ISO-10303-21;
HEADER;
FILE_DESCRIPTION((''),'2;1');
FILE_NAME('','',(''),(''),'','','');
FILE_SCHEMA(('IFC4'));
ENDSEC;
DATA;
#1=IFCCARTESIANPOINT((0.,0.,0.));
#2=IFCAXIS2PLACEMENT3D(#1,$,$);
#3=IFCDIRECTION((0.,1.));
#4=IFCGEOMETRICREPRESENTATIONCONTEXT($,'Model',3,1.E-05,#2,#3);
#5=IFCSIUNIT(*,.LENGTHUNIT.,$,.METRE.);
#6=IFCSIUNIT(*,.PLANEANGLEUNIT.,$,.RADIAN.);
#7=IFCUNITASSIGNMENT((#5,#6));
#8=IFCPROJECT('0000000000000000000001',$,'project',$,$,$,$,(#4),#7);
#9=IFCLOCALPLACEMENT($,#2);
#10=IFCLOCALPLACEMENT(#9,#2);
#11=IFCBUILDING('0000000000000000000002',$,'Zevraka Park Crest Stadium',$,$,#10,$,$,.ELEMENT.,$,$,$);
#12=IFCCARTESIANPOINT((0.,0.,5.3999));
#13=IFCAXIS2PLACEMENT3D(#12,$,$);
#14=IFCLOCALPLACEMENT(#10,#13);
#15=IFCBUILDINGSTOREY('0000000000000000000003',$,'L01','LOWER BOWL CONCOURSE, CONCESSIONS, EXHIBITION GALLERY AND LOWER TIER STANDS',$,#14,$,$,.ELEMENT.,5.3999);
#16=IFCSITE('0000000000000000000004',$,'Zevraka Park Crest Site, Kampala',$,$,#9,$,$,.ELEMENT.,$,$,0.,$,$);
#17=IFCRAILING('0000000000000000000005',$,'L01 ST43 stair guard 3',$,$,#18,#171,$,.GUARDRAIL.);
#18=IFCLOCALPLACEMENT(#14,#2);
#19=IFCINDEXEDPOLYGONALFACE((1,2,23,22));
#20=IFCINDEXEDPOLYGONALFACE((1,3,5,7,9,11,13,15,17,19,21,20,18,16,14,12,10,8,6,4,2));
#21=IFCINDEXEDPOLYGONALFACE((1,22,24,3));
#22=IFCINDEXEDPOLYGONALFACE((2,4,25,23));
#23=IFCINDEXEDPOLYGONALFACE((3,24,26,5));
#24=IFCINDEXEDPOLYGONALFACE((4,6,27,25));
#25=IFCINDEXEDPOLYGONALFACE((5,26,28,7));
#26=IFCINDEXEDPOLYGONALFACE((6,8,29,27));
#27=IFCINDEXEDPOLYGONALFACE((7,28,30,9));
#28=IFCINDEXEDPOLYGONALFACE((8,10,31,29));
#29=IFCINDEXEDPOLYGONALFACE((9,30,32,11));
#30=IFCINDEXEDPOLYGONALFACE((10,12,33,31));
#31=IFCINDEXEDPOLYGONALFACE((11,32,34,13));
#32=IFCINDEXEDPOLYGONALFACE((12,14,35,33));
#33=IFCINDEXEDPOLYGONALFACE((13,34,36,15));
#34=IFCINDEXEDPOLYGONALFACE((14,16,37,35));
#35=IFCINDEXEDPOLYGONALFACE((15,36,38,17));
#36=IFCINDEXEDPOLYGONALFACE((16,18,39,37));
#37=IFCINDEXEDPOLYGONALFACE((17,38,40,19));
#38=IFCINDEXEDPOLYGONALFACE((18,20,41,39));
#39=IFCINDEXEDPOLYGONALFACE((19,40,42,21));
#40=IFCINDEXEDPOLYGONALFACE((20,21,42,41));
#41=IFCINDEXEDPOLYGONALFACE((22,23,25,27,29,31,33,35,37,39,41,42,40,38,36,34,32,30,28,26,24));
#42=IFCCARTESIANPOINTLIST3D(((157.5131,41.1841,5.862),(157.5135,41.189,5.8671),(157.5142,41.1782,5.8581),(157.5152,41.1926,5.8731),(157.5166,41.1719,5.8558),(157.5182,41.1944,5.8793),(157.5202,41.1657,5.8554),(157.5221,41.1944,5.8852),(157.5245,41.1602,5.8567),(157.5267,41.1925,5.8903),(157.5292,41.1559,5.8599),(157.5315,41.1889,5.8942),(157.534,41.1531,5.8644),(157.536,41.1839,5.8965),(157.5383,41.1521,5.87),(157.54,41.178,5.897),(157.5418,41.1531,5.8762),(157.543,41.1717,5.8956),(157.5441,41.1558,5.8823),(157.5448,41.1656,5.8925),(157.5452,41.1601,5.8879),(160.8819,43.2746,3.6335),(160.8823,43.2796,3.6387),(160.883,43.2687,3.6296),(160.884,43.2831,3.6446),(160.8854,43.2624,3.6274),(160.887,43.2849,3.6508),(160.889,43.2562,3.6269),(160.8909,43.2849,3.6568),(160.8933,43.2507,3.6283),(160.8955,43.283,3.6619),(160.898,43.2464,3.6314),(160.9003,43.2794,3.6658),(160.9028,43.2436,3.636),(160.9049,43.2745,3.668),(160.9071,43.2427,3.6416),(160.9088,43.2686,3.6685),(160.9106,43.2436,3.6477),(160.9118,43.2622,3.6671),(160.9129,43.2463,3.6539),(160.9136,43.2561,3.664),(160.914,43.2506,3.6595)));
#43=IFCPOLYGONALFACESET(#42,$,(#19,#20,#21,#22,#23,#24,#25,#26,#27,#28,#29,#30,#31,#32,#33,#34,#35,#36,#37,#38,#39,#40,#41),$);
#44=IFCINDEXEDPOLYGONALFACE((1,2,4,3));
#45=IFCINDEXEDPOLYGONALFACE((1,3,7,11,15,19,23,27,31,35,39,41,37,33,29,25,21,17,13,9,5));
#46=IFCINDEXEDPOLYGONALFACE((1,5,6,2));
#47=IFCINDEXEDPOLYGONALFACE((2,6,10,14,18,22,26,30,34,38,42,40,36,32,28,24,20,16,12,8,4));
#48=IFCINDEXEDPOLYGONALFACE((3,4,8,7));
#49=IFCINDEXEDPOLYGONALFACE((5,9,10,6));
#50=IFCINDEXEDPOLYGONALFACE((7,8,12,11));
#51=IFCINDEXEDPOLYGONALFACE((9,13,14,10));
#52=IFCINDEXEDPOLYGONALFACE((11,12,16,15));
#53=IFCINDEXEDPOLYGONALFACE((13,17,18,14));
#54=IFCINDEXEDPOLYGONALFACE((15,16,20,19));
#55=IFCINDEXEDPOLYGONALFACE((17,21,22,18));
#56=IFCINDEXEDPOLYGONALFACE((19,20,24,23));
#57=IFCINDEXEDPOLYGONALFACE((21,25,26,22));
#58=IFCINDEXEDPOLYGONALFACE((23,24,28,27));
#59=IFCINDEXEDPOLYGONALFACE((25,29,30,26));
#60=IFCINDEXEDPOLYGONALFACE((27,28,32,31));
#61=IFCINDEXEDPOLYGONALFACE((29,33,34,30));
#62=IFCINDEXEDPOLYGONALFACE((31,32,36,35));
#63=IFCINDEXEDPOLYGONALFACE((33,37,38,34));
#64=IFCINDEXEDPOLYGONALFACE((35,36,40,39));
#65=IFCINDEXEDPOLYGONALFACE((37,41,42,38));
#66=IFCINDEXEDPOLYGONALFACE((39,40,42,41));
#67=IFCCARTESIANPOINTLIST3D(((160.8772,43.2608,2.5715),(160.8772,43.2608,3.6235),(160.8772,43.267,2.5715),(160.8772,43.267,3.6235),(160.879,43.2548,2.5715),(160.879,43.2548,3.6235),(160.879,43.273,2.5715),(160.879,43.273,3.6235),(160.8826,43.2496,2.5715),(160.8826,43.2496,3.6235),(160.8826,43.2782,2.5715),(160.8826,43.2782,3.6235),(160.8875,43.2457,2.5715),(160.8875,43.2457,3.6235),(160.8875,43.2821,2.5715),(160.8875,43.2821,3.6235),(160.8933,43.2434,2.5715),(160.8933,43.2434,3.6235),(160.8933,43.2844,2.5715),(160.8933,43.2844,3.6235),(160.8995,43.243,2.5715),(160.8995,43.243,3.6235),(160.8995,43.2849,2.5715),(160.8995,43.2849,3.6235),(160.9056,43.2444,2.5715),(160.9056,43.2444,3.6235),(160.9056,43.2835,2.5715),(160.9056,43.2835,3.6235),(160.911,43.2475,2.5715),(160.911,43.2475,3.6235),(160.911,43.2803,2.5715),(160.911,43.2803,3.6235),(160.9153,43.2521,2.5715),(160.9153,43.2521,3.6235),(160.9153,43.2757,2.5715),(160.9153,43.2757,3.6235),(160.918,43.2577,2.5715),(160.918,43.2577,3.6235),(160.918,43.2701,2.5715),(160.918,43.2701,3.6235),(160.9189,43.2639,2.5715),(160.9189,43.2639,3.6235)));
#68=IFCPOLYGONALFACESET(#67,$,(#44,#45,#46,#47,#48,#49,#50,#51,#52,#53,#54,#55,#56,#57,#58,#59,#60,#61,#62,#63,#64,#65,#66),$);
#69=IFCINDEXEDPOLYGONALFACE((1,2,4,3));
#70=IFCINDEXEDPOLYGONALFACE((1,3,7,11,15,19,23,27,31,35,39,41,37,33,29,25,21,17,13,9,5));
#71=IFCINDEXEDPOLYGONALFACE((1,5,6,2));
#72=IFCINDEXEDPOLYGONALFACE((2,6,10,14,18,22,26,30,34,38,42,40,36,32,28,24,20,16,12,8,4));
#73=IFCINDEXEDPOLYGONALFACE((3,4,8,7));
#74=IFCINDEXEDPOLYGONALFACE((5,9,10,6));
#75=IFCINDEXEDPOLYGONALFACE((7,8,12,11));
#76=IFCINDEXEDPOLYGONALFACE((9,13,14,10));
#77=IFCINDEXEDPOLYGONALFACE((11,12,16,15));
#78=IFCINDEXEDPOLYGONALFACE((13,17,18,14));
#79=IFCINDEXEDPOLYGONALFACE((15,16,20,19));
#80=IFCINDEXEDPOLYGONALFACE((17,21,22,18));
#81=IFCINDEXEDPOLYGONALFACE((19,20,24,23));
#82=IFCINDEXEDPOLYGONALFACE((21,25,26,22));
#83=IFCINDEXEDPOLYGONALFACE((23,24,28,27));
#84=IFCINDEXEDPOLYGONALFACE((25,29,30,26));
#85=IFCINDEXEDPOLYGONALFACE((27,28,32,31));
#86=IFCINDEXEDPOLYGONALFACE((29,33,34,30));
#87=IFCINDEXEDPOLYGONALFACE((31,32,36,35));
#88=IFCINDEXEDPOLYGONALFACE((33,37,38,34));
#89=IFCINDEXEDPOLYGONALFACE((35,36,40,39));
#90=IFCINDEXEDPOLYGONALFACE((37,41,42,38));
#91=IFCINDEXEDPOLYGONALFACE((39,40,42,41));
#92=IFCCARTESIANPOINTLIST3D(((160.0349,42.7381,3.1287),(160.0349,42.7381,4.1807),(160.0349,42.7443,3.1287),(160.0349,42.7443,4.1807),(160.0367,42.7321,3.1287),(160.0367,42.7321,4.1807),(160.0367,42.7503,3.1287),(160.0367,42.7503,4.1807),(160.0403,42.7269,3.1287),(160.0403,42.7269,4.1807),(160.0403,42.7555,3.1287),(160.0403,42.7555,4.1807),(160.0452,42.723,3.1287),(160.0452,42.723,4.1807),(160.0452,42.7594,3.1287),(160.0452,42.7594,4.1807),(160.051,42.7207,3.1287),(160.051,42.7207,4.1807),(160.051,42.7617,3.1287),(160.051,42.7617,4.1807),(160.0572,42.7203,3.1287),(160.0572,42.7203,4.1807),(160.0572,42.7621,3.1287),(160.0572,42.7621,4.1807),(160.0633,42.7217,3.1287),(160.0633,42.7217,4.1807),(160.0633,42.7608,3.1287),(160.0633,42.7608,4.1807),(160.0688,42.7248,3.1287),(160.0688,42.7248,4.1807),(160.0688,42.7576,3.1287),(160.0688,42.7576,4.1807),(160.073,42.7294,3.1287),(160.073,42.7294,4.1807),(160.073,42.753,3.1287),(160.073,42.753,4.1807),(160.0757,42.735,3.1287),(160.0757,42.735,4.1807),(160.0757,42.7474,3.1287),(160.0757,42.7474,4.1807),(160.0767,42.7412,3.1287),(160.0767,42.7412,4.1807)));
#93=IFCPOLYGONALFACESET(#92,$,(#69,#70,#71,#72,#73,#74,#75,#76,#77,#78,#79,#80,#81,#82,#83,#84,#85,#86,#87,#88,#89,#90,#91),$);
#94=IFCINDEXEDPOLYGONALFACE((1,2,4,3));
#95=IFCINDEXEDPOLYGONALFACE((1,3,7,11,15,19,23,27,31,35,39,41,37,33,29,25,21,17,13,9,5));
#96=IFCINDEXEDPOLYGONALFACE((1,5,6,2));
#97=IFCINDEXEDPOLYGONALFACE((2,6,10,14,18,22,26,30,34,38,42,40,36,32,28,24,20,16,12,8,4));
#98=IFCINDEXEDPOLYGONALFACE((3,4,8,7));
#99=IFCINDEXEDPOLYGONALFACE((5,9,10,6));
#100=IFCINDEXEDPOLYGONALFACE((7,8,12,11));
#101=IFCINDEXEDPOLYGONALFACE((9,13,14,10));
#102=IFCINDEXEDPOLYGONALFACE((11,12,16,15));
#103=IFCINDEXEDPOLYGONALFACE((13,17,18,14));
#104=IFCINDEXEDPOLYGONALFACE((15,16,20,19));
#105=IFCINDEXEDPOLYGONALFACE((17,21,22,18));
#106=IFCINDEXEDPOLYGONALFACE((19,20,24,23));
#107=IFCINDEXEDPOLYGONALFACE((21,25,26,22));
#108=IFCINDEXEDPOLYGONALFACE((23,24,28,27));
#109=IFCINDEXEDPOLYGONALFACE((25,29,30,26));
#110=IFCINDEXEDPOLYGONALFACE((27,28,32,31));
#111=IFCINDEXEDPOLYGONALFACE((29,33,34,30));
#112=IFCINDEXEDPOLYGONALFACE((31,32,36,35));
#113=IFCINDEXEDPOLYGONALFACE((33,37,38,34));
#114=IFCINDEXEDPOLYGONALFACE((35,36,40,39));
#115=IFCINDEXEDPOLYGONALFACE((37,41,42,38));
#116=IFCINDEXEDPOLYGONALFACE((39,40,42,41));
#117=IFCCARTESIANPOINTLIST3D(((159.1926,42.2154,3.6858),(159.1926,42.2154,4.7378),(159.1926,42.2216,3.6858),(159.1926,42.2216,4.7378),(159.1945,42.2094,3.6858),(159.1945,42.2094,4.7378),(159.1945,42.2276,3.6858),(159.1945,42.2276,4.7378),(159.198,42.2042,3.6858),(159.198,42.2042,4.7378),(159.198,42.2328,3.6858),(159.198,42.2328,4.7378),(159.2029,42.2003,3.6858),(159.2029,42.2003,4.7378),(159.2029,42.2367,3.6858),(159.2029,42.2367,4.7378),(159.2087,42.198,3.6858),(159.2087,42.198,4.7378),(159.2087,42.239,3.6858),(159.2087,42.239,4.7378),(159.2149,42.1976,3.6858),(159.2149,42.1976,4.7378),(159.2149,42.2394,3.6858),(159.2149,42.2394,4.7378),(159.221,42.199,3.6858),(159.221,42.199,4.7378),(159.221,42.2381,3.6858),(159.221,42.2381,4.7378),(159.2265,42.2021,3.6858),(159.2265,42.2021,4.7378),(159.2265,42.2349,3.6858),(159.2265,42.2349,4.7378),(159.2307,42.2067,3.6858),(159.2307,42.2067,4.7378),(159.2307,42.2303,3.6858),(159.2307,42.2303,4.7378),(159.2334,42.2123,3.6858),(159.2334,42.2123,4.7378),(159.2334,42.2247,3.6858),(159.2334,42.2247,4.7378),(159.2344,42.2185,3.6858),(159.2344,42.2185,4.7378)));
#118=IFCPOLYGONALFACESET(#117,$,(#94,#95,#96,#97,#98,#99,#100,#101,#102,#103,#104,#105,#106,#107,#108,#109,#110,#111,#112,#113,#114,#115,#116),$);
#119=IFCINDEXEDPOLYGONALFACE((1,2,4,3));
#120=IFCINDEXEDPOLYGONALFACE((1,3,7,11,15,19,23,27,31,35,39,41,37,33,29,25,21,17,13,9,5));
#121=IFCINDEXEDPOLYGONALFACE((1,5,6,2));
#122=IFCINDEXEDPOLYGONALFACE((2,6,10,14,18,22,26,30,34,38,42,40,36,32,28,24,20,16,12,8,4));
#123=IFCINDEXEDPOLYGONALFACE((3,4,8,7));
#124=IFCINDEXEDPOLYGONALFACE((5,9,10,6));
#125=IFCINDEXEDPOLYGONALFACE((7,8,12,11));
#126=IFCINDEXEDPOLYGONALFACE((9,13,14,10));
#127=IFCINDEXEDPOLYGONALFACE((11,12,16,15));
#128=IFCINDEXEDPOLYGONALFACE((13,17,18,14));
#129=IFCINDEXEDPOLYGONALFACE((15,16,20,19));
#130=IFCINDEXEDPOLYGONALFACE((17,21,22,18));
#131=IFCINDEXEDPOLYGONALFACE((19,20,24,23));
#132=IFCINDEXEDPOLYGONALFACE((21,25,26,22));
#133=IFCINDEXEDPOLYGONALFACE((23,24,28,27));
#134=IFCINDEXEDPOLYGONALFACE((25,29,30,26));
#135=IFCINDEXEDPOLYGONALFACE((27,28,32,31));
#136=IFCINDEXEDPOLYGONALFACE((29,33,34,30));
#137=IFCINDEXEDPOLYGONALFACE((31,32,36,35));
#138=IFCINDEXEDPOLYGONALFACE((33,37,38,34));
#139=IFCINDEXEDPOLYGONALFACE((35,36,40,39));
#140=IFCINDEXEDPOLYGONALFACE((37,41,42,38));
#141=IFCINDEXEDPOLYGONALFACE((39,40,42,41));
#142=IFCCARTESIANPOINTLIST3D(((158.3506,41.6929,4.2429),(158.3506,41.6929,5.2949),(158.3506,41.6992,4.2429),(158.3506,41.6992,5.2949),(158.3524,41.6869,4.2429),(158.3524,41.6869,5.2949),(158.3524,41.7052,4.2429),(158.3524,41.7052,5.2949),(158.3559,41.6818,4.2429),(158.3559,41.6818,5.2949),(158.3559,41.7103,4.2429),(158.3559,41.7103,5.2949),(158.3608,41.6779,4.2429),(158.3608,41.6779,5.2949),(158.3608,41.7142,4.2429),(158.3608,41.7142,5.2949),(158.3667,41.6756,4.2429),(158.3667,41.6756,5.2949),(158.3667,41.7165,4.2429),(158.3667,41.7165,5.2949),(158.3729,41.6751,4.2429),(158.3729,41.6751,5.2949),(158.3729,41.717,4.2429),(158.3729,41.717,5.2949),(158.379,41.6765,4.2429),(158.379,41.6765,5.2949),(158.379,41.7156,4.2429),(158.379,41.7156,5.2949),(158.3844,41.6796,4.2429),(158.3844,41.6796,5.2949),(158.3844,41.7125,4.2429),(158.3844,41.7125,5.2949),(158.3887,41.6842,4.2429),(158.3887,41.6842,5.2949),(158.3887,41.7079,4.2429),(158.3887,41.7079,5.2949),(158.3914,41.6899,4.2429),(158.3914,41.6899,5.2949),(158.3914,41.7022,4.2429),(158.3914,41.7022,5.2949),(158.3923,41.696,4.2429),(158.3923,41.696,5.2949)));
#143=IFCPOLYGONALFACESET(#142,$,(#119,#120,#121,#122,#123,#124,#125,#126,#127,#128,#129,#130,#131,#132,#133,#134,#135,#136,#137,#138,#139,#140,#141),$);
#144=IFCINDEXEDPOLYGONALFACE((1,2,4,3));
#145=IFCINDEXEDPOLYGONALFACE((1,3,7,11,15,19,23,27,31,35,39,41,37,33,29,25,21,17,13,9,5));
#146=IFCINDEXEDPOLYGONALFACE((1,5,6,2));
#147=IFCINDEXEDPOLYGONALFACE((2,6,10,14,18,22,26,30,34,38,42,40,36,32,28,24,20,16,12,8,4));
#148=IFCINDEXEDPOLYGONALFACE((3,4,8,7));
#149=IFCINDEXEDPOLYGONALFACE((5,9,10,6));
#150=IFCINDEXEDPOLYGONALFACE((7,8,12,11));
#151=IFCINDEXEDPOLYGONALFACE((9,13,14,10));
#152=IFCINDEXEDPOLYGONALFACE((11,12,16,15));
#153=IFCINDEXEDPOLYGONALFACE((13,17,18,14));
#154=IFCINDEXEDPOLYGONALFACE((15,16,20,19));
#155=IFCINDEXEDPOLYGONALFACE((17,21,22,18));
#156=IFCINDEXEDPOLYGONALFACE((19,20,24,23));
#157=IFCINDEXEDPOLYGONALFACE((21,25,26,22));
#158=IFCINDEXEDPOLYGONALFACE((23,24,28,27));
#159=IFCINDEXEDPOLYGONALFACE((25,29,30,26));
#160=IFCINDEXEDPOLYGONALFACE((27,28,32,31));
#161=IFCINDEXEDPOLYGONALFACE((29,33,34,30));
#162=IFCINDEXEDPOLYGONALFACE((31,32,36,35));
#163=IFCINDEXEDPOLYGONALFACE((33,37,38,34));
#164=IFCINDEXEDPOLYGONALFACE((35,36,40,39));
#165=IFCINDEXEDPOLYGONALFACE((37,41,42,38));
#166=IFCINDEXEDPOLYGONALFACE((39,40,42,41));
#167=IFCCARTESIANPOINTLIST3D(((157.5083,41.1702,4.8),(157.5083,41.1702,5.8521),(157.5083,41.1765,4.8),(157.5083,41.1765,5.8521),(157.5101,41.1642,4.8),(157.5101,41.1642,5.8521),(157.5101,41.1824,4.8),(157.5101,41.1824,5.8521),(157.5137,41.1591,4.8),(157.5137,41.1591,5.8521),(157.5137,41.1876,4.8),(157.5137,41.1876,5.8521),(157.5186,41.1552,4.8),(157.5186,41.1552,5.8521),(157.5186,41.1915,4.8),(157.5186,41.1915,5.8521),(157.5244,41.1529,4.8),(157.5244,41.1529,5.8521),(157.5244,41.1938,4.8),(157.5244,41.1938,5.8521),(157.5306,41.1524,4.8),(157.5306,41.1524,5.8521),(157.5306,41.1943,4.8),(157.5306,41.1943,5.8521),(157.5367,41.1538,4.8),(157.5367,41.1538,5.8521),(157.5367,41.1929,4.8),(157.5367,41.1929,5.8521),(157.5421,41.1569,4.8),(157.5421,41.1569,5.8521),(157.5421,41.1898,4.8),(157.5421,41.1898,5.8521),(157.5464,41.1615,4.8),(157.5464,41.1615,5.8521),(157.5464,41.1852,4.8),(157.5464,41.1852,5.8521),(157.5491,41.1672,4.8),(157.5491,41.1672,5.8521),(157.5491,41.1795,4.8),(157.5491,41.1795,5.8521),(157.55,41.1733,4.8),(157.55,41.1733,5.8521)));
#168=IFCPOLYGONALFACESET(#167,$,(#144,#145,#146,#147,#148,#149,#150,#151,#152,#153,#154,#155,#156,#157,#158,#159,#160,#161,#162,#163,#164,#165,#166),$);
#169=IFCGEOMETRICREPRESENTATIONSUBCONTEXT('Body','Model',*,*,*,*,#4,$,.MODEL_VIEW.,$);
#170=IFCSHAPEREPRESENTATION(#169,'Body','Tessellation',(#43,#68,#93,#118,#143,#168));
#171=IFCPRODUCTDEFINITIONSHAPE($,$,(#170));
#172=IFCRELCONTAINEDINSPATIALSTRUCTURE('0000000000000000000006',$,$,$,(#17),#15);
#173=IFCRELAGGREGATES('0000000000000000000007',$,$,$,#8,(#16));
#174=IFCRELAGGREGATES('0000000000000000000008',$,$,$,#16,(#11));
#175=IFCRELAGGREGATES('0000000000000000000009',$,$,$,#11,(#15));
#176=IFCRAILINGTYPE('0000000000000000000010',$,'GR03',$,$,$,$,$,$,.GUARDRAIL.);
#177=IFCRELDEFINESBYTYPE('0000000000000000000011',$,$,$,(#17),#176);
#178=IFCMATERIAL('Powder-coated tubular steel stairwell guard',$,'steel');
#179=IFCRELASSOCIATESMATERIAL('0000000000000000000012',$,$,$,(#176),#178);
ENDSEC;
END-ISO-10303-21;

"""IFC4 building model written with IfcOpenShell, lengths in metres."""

from ifc_helpers import new_model, si_unit, direction, frame, origin, origin_2d, place, context, subcontext, project, spatial, circle, extrude, material, type_object, element, save


model = new_model("IFC4")

# Units and contexts
model_context = context("Model", 3, precision=1e-05, world=origin(), true_north=direction((0.0, 1.0)))
body_context = subcontext(model_context, "Body", "Model", "MODEL_VIEW")
ifc_project = project(units=[si_unit("LENGTHUNIT", "METRE"), si_unit("PLANEANGLEUNIT", "RADIAN")], contexts=[model_context])

# Site, building, storey
site_placement = place(None, origin())
site = spatial("IfcSite", under=ifc_project, at=site_placement, Name="Zevraka Park Crest Site, Kampala", CompositionType="ELEMENT", RefElevation=0.0)
building_placement = place(site_placement, origin())
building = spatial("IfcBuilding", under=site, at=building_placement, Name="Zevraka Park Crest Stadium", CompositionType="ELEMENT")
storey_placement = place(building_placement, frame((0.0, 0.0, 5.3999)))
storey = spatial("IfcBuildingStorey", under=building, at=storey_placement, Name="L01", Description="LOWER BOWL CONCOURSE, CONCESSIONS, EXHIBITION GALLERY AND LOWER TIER STANDS", CompositionType="ELEMENT", Elevation=5.3999)

# Railing
ifc_material_1 = material(Name="Powder-coated tubular steel stairwell guard", Category="steel")
railing_type_1 = type_object("IfcRailingType", Name="GR03", PredefinedType="GUARDRAIL", material=ifc_material_1)
railing_1_placement = place(storey_placement, frame((160.8979, 43.2639, 2.5715)))
element("IfcRailing", 1, at=railing_1_placement, inside=storey, type_object=railing_type_1, Name="L01 ST43 stair guard 3", PredefinedType="GUARDRAIL", context=body_context, shape_type="SweptSolid", body=[
    extrude(circle(Radius=0.0239, at=origin_2d()), frame((0.0, 0.0, 1.0762), z_axis=(-0.740707, -0.459648, 0.489976), x_axis=(0.527279, -0.849692, 0.0)), (0.0, 0.0, 1.0), 4.5481),
    extrude(circle(Radius=0.021, at=origin_2d()), origin(), (0.0, 0.0, 1.0), 1.052),
    extrude(circle(Radius=0.021, at=origin_2d()), frame((-0.8423, -0.5227, 0.5571)), (0.0, 0.0, 1.0), 1.052),
    extrude(circle(Radius=0.021, at=origin_2d()), frame((-1.6846, -1.0454, 1.1143)), (0.0, 0.0, 1.0), 1.052),
    extrude(circle(Radius=0.021, at=origin_2d()), frame((-2.5266, -1.5679, 1.6714)), (0.0, 0.0, 1.0), 1.052),
    extrude(circle(Radius=0.021, at=origin_2d()), frame((-3.3689, -2.0906, 2.2285)), (0.0, 0.0, 1.0), 1.052),
])

save(model, "model.ifc")
